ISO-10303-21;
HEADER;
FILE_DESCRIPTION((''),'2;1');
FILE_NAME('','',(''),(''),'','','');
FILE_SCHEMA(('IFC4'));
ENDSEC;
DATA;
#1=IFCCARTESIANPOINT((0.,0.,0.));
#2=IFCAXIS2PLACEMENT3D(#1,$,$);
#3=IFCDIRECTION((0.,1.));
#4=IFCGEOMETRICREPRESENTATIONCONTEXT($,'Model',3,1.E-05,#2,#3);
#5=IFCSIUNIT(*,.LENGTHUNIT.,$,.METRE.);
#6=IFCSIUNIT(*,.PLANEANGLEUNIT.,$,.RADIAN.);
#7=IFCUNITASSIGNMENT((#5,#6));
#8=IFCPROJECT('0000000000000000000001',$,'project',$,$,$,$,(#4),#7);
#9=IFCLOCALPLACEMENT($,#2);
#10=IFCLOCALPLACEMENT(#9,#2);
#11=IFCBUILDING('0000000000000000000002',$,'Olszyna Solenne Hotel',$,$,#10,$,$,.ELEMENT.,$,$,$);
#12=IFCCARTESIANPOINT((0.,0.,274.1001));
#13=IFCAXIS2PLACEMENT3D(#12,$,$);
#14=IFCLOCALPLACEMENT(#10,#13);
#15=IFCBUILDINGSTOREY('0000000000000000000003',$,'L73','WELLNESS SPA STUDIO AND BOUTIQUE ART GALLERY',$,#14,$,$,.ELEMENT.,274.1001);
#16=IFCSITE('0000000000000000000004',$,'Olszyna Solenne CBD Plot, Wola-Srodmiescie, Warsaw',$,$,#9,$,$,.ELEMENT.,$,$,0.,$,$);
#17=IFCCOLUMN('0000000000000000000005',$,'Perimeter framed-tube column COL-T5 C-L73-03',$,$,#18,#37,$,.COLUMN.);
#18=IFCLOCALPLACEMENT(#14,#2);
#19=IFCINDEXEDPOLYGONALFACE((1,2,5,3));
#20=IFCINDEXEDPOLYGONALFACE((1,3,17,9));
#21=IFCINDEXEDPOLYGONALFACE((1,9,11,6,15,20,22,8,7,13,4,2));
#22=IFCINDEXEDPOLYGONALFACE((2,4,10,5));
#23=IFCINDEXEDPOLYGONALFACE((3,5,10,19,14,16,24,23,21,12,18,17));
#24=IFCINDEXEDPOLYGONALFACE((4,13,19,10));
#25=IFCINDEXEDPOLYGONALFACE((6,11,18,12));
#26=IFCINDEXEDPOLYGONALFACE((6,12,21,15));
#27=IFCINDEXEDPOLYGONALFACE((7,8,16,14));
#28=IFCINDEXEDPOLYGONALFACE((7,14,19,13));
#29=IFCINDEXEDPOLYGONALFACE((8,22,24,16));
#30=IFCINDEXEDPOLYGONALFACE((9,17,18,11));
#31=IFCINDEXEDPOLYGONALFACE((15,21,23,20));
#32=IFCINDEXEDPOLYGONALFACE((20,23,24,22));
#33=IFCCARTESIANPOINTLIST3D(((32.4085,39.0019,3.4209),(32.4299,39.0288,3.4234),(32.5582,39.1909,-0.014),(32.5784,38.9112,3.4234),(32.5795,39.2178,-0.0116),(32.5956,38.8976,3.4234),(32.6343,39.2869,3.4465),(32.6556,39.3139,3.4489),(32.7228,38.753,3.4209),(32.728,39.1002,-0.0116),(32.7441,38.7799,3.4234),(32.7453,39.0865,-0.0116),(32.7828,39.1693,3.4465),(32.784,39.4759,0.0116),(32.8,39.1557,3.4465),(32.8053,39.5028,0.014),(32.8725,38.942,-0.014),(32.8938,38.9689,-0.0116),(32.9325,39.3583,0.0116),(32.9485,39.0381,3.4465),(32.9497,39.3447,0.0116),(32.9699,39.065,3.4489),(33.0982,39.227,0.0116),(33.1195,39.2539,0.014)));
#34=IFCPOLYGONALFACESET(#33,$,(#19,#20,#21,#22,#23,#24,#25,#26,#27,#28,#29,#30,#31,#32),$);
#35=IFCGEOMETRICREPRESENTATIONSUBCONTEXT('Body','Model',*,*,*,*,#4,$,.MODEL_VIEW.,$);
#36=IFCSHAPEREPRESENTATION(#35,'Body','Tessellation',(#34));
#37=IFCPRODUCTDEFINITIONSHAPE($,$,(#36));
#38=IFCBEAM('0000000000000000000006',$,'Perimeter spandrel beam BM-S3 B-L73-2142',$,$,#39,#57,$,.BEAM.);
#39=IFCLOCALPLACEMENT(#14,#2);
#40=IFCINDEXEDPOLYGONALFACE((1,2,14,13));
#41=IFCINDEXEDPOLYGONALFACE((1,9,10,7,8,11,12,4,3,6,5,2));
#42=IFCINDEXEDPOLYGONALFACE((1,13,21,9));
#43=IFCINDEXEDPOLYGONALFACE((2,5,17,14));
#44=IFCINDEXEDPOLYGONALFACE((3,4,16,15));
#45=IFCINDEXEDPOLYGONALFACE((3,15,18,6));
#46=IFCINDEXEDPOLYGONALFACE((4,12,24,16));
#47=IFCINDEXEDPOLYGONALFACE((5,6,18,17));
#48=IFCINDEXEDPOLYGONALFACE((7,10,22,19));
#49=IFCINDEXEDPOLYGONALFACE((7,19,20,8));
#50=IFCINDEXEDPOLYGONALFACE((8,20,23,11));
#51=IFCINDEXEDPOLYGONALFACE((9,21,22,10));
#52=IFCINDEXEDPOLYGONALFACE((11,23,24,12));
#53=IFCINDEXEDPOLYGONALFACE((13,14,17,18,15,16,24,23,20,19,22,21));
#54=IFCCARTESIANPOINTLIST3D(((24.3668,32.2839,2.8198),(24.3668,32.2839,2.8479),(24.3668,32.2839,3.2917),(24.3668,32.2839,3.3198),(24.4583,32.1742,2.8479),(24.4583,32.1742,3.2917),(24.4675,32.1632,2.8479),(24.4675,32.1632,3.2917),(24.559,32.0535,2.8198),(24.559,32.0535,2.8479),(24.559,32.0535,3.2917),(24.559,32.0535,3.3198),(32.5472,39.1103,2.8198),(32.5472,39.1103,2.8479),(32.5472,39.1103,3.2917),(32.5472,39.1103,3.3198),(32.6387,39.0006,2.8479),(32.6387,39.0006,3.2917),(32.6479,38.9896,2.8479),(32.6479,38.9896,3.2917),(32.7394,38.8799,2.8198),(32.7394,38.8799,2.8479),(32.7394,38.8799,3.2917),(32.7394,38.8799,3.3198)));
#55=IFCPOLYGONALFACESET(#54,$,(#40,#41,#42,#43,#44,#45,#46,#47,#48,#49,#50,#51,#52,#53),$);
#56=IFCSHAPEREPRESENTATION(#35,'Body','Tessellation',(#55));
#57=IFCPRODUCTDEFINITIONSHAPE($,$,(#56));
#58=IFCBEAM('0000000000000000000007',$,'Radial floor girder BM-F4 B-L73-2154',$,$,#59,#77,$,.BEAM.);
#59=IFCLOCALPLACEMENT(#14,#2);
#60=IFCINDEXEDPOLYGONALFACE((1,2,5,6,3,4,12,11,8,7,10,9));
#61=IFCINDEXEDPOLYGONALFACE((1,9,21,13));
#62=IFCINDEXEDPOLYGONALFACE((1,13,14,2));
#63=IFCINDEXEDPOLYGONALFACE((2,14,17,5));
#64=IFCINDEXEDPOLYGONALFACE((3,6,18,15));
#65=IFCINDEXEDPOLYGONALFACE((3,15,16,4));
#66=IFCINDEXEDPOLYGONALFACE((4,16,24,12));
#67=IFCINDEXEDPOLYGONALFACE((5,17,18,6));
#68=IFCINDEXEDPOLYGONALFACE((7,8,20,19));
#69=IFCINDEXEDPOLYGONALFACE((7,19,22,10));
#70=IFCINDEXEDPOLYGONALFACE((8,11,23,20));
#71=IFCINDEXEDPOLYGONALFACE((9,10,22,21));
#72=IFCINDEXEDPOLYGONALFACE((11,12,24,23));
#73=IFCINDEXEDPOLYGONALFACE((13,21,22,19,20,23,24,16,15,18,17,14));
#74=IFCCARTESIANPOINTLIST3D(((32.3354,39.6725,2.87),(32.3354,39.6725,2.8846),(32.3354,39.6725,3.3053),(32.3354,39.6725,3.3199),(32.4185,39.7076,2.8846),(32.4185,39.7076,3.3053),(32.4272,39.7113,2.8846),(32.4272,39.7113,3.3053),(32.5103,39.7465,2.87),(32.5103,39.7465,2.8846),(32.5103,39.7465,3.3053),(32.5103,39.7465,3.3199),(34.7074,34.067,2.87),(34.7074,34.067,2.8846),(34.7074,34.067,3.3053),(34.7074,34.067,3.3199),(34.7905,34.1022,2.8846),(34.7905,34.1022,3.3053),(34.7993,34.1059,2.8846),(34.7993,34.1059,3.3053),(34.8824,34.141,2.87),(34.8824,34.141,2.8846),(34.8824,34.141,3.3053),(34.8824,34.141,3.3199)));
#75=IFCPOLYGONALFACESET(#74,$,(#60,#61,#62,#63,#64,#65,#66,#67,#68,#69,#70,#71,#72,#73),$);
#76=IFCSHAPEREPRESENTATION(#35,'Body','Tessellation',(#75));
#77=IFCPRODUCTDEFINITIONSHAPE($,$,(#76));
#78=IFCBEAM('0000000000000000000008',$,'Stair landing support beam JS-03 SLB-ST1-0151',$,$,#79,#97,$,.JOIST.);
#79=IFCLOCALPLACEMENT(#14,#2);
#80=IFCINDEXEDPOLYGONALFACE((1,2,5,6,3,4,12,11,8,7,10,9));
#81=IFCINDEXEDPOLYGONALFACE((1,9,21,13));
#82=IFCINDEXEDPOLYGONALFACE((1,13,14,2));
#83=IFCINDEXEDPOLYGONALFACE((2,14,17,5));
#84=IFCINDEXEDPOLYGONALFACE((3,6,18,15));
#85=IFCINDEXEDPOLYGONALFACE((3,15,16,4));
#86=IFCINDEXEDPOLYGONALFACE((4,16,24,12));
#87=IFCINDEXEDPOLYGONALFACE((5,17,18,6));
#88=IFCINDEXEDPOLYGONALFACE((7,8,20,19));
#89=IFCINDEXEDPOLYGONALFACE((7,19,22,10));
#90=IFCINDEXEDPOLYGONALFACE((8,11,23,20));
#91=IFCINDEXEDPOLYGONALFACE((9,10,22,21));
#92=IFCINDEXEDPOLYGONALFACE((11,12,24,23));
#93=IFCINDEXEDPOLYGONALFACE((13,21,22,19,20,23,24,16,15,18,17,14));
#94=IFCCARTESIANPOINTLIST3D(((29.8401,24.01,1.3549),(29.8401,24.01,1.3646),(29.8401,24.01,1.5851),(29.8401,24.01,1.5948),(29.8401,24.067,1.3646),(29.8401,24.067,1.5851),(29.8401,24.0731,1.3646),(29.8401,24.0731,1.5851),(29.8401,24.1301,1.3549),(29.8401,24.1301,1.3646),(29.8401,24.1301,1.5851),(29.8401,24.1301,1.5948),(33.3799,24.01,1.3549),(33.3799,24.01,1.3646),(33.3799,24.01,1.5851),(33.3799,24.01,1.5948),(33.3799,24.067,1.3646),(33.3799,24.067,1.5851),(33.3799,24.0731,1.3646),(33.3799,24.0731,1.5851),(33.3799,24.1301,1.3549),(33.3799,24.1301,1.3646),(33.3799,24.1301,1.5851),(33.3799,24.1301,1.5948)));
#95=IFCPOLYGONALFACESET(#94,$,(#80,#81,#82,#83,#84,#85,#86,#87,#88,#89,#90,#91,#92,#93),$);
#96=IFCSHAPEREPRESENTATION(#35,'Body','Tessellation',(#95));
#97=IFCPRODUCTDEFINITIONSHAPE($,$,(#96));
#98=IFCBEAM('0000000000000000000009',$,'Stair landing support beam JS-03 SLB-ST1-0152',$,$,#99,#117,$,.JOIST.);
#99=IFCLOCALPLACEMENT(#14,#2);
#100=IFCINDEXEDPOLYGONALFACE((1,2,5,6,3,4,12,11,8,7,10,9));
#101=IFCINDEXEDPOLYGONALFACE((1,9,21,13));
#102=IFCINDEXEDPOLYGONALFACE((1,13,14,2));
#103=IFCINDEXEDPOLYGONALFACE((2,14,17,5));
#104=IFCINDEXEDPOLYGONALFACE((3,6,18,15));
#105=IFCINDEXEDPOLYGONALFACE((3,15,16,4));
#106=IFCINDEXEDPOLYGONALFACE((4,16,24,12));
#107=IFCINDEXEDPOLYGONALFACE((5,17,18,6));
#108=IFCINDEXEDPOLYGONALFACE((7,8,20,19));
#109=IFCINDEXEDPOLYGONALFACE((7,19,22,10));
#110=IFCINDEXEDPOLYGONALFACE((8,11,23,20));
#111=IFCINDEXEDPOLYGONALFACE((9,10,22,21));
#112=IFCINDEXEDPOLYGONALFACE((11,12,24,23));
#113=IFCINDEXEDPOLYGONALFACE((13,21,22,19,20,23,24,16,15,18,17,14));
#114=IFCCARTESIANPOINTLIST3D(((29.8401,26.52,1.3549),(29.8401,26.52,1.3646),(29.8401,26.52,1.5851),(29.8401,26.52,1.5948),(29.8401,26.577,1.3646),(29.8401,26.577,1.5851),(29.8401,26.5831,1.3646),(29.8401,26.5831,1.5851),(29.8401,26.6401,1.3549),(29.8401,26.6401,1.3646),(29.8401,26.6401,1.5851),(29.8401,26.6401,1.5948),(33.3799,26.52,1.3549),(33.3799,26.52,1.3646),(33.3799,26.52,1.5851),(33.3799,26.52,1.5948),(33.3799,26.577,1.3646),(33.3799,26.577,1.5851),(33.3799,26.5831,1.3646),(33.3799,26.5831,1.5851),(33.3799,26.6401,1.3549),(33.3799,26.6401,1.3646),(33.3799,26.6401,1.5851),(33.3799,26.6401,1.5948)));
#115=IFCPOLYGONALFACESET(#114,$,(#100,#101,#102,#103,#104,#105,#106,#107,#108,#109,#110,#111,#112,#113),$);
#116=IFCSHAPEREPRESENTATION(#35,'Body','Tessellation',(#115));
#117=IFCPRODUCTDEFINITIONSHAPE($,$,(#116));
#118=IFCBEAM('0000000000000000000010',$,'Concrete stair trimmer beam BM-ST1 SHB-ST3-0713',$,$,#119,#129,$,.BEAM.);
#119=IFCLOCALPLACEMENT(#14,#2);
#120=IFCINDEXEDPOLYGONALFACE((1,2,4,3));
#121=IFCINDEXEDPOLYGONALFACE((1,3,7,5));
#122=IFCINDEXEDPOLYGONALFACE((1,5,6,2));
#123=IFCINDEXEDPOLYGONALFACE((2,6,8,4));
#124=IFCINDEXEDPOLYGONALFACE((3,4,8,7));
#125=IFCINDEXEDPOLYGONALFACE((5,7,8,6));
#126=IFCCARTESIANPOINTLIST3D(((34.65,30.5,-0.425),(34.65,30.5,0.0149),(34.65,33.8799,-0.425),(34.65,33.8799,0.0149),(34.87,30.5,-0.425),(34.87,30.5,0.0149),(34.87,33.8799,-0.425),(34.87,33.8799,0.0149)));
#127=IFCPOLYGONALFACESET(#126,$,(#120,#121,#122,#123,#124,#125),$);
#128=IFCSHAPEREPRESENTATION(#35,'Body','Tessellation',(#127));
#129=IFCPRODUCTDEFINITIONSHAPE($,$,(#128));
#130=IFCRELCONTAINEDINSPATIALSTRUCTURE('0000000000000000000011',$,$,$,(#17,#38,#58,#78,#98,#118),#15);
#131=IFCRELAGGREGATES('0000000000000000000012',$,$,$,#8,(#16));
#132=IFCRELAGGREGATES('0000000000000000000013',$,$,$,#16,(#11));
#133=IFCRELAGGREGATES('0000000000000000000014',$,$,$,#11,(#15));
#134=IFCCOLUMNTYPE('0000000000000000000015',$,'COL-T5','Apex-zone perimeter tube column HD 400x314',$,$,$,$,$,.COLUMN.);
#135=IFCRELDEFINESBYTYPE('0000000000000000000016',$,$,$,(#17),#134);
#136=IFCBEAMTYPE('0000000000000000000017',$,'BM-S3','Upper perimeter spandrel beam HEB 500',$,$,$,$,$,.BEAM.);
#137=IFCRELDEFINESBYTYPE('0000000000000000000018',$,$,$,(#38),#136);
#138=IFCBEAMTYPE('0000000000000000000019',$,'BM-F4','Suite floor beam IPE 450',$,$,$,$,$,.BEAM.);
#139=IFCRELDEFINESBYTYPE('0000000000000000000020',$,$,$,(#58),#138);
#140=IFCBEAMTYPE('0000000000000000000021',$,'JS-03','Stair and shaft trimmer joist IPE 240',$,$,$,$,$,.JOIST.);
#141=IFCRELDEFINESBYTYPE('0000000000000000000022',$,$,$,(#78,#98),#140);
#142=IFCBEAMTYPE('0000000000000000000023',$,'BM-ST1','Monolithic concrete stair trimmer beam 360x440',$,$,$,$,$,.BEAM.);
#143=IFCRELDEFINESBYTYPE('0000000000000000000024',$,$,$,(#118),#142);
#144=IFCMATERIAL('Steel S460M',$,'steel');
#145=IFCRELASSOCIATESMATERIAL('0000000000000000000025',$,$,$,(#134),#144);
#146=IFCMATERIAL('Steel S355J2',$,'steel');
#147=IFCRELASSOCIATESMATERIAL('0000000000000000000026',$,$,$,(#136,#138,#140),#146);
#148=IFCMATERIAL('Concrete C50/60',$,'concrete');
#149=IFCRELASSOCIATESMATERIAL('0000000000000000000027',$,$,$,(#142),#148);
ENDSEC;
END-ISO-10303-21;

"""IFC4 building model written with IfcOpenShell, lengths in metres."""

from ifc_helpers import new_model, si_unit, direction, frame, origin, origin_2d, place, context, subcontext, project, spatial, rectangle, i_section, extrude, source, transform, mapped, material, material_profile, profile_set, type_object, element, save


model = new_model("IFC4")

# Units and contexts
model_context = context("Model", 3, precision=1e-05, world=origin(), true_north=direction((0.0, 1.0)))
body_context = subcontext(model_context, "Body", "Model", "MODEL_VIEW")
ifc_project = project(units=[si_unit("LENGTHUNIT", "METRE"), si_unit("PLANEANGLEUNIT", "RADIAN")], contexts=[model_context])

# Site, building, storey
site_placement = place(None, origin())
site = spatial("IfcSite", under=ifc_project, at=site_placement, Name="Olszyna Solenne CBD Plot, Wola-Srodmiescie, Warsaw", CompositionType="ELEMENT", RefElevation=0.0)
building_placement = place(site_placement, origin())
building = spatial("IfcBuilding", under=site, at=building_placement, Name="Olszyna Solenne Hotel", CompositionType="ELEMENT")
storey_placement = place(building_placement, frame((0.0, 0.0, 274.1001)))
storey = spatial("IfcBuildingStorey", under=building, at=storey_placement, Name="L73", Description="WELLNESS SPA STUDIO AND BOUTIQUE ART GALLERY", CompositionType="ELEMENT", Elevation=274.1001)

# Column
ifc_material_1 = material(Name="Steel S460M", Category="steel")
ifc_material_profile_1 = material_profile(ifc_material_1, i_section(OverallWidth=0.4009, OverallDepth=0.3989, WebThickness=0.022, FlangeThickness=0.0344, at=origin_2d()), Name="HD 400x314", Category="load-bearing")
ifc_profile_set_1 = profile_set([ifc_material_profile_1], Name="Steel S460M")
column_type = type_object("IfcColumnType", Name="COL-T5", Description="Apex-zone perimeter tube column HD 400x314", PredefinedType="COLUMN", material=ifc_profile_set_1)
shared_shape_1 = source(origin(), body_context, "Body", "SweptSolid", [
    extrude(i_section(OverallWidth=0.4009, OverallDepth=0.3989, WebThickness=0.022, FlangeThickness=0.0344, at=origin_2d()), origin(), (0.0, 0.0, 1.0), 3.4434),
])
column_placement = place(storey_placement, frame((32.8389, 39.2224, 0.0), z_axis=(-0.043464, -0.05488, 0.997547), x_axis=(0.783923, -0.620859, 0.0)))
element("IfcColumn", 1, at=column_placement, inside=storey, type_object=column_type, Name="Perimeter framed-tube column COL-T5 C-L73-03", PredefinedType="COLUMN", context=body_context, shape_type="MappedRepresentation", body=[
    mapped(shared_shape_1, transform((0.0, 0.0, 0.0), x_axis=(1.0, 0.0, 0.0), y_axis=(0.0, 1.0, 0.0), z_axis=(0.0, 0.0, 1.0), scale=1.0)),
])

# Beams
ifc_material_2 = material(Name="Steel S355J2", Category="steel")
ifc_material_profile_2 = material_profile(ifc_material_2, i_section(OverallWidth=0.3, OverallDepth=0.5, WebThickness=0.0144, FlangeThickness=0.0281, at=origin_2d()), Name="HEB 500", Category="load-bearing")
ifc_profile_set_2 = profile_set([ifc_material_profile_2], Name="Steel S355J2")
beam_type_1 = type_object("IfcBeamType", Name="BM-S3", Description="Upper perimeter spandrel beam HEB 500", PredefinedType="BEAM", material=ifc_profile_set_2)
shared_shape_2 = source(origin(), body_context, "Body", "SweptSolid", [
    extrude(i_section(OverallWidth=0.3, OverallDepth=0.5, WebThickness=0.0144, FlangeThickness=0.0281, at=origin_2d()), origin(), (0.0, 0.0, 1.0), 10.6545),
])
beam_1_placement = place(storey_placement, frame((32.6433, 38.9951, 3.0698), z_axis=(-0.767787, -0.640705, 0.0), x_axis=(0.640705, -0.767787, 0.0)))
element("IfcBeam", 2, at=beam_1_placement, inside=storey, type_object=beam_type_1, Name="Perimeter spandrel beam BM-S3 B-L73-2142", PredefinedType="BEAM", context=body_context, shape_type="MappedRepresentation", body=[
    mapped(shared_shape_2, transform((0.0, 0.0, 0.0), x_axis=(1.0, 0.0, 0.0), y_axis=(0.0, 1.0, 0.0), z_axis=(0.0, 0.0, 1.0), scale=1.0)),
])
ifc_material_profile_3 = material_profile(ifc_material_2, i_section(OverallWidth=0.1899, OverallDepth=0.45, WebThickness=0.0095, FlangeThickness=0.0146, at=origin_2d()), Name="IPE 450", Category="load-bearing")
ifc_profile_set_3 = profile_set([ifc_material_profile_3], Name="Steel S355J2")
beam_type_2 = type_object("IfcBeamType", Name="BM-F4", Description="Suite floor beam IPE 450", PredefinedType="BEAM", material=ifc_profile_set_3)
shared_shape_3 = source(origin(), body_context, "Body", "SweptSolid", [
    extrude(i_section(OverallWidth=0.1899, OverallDepth=0.45, WebThickness=0.0095, FlangeThickness=0.0146, at=origin_2d()), origin(), (0.0, 0.0, 1.0), 6.0867),
])
beam_2_placement = place(storey_placement, frame((32.4229, 39.7095, 3.095), z_axis=(0.389713, -0.920936, 0.0), x_axis=(0.920936, 0.389713, 0.0)))
element("IfcBeam", 3, at=beam_2_placement, inside=storey, type_object=beam_type_2, Name="Radial floor girder BM-F4 B-L73-2154", PredefinedType="BEAM", context=body_context, shape_type="MappedRepresentation", body=[
    mapped(shared_shape_3, transform((0.0, 0.0, 0.0), x_axis=(1.0, 0.0, 0.0), y_axis=(0.0, 1.0, 0.0), z_axis=(0.0, 0.0, 1.0), scale=1.0)),
])
ifc_material_profile_4 = material_profile(ifc_material_2, i_section(OverallWidth=0.1201, OverallDepth=0.24, WebThickness=0.0061, FlangeThickness=0.0098, at=origin_2d()), Name="IPE 240", Category="load-bearing")
ifc_profile_set_4 = profile_set([ifc_material_profile_4], Name="Steel S355J2")
beam_type_3 = type_object("IfcBeamType", Name="JS-03", Description="Stair and shaft trimmer joist IPE 240", PredefinedType="JOIST", material=ifc_profile_set_4)
shared_shape_4 = source(origin(), body_context, "Body", "SweptSolid", [
    extrude(i_section(OverallWidth=0.1201, OverallDepth=0.24, WebThickness=0.0061, FlangeThickness=0.0098, at=origin_2d()), origin(), (0.0, 0.0, 1.0), 3.5398),
])
for number, where, z_axis, x_axis, name in (
    (4, (33.3799, 24.0701, 1.4749), (-1.0, 0.0, 0.0), (0.0, -1.0, 0.0), "Stair landing support beam JS-03 SLB-ST1-0151"),
    (5, (33.3799, 26.5801, 1.4749), (-1.0, 0.0, 0.0), (0.0, -1.0, 0.0), "Stair landing support beam JS-03 SLB-ST1-0152"),
):
    element("IfcBeam", number, at=place(storey_placement, frame(where, z_axis=z_axis, x_axis=x_axis)), inside=storey, type_object=beam_type_3, Name=name, PredefinedType="JOIST", context=body_context, shape_type="MappedRepresentation", body=[
        mapped(shared_shape_4, transform((0.0, 0.0, 0.0), x_axis=(1.0, 0.0, 0.0), y_axis=(0.0, 1.0, 0.0), z_axis=(0.0, 0.0, 1.0), scale=1.0)),
    ])
ifc_material_3 = material(Name="Concrete C50/60", Category="concrete")
ifc_material_profile_5 = material_profile(ifc_material_3, rectangle(XDim=0.22, YDim=0.4399, at=origin_2d()), Name="RC 220x440", Category="load-bearing")
ifc_profile_set_5 = profile_set([ifc_material_profile_5], Name="Concrete C50/60")
beam_type_4 = type_object("IfcBeamType", Name="BM-ST1", Description="Monolithic concrete stair trimmer beam 360x440", PredefinedType="BEAM", material=ifc_profile_set_5)
shared_shape_5 = source(origin(), body_context, "Body", "SweptSolid", [
    extrude(rectangle(XDim=0.22, YDim=0.4399, at=origin_2d()), origin(), (0.0, 0.0, 1.0), 3.3799),
])
beam_3_placement = place(storey_placement, frame((34.76, 30.5, -0.2051), z_axis=(0.0, 1.0, 0.0), x_axis=(-1.0, 0.0, 0.0)))
element("IfcBeam", 6, at=beam_3_placement, inside=storey, type_object=beam_type_4, Name="Concrete stair trimmer beam BM-ST1 SHB-ST3-0713", PredefinedType="BEAM", context=body_context, shape_type="MappedRepresentation", body=[
    mapped(shared_shape_5, transform((0.0, 0.0, 0.0), x_axis=(1.0, 0.0, 0.0), y_axis=(0.0, 1.0, 0.0), z_axis=(0.0, 0.0, 1.0), scale=1.0)),
])

save(model, "model.ifc")
